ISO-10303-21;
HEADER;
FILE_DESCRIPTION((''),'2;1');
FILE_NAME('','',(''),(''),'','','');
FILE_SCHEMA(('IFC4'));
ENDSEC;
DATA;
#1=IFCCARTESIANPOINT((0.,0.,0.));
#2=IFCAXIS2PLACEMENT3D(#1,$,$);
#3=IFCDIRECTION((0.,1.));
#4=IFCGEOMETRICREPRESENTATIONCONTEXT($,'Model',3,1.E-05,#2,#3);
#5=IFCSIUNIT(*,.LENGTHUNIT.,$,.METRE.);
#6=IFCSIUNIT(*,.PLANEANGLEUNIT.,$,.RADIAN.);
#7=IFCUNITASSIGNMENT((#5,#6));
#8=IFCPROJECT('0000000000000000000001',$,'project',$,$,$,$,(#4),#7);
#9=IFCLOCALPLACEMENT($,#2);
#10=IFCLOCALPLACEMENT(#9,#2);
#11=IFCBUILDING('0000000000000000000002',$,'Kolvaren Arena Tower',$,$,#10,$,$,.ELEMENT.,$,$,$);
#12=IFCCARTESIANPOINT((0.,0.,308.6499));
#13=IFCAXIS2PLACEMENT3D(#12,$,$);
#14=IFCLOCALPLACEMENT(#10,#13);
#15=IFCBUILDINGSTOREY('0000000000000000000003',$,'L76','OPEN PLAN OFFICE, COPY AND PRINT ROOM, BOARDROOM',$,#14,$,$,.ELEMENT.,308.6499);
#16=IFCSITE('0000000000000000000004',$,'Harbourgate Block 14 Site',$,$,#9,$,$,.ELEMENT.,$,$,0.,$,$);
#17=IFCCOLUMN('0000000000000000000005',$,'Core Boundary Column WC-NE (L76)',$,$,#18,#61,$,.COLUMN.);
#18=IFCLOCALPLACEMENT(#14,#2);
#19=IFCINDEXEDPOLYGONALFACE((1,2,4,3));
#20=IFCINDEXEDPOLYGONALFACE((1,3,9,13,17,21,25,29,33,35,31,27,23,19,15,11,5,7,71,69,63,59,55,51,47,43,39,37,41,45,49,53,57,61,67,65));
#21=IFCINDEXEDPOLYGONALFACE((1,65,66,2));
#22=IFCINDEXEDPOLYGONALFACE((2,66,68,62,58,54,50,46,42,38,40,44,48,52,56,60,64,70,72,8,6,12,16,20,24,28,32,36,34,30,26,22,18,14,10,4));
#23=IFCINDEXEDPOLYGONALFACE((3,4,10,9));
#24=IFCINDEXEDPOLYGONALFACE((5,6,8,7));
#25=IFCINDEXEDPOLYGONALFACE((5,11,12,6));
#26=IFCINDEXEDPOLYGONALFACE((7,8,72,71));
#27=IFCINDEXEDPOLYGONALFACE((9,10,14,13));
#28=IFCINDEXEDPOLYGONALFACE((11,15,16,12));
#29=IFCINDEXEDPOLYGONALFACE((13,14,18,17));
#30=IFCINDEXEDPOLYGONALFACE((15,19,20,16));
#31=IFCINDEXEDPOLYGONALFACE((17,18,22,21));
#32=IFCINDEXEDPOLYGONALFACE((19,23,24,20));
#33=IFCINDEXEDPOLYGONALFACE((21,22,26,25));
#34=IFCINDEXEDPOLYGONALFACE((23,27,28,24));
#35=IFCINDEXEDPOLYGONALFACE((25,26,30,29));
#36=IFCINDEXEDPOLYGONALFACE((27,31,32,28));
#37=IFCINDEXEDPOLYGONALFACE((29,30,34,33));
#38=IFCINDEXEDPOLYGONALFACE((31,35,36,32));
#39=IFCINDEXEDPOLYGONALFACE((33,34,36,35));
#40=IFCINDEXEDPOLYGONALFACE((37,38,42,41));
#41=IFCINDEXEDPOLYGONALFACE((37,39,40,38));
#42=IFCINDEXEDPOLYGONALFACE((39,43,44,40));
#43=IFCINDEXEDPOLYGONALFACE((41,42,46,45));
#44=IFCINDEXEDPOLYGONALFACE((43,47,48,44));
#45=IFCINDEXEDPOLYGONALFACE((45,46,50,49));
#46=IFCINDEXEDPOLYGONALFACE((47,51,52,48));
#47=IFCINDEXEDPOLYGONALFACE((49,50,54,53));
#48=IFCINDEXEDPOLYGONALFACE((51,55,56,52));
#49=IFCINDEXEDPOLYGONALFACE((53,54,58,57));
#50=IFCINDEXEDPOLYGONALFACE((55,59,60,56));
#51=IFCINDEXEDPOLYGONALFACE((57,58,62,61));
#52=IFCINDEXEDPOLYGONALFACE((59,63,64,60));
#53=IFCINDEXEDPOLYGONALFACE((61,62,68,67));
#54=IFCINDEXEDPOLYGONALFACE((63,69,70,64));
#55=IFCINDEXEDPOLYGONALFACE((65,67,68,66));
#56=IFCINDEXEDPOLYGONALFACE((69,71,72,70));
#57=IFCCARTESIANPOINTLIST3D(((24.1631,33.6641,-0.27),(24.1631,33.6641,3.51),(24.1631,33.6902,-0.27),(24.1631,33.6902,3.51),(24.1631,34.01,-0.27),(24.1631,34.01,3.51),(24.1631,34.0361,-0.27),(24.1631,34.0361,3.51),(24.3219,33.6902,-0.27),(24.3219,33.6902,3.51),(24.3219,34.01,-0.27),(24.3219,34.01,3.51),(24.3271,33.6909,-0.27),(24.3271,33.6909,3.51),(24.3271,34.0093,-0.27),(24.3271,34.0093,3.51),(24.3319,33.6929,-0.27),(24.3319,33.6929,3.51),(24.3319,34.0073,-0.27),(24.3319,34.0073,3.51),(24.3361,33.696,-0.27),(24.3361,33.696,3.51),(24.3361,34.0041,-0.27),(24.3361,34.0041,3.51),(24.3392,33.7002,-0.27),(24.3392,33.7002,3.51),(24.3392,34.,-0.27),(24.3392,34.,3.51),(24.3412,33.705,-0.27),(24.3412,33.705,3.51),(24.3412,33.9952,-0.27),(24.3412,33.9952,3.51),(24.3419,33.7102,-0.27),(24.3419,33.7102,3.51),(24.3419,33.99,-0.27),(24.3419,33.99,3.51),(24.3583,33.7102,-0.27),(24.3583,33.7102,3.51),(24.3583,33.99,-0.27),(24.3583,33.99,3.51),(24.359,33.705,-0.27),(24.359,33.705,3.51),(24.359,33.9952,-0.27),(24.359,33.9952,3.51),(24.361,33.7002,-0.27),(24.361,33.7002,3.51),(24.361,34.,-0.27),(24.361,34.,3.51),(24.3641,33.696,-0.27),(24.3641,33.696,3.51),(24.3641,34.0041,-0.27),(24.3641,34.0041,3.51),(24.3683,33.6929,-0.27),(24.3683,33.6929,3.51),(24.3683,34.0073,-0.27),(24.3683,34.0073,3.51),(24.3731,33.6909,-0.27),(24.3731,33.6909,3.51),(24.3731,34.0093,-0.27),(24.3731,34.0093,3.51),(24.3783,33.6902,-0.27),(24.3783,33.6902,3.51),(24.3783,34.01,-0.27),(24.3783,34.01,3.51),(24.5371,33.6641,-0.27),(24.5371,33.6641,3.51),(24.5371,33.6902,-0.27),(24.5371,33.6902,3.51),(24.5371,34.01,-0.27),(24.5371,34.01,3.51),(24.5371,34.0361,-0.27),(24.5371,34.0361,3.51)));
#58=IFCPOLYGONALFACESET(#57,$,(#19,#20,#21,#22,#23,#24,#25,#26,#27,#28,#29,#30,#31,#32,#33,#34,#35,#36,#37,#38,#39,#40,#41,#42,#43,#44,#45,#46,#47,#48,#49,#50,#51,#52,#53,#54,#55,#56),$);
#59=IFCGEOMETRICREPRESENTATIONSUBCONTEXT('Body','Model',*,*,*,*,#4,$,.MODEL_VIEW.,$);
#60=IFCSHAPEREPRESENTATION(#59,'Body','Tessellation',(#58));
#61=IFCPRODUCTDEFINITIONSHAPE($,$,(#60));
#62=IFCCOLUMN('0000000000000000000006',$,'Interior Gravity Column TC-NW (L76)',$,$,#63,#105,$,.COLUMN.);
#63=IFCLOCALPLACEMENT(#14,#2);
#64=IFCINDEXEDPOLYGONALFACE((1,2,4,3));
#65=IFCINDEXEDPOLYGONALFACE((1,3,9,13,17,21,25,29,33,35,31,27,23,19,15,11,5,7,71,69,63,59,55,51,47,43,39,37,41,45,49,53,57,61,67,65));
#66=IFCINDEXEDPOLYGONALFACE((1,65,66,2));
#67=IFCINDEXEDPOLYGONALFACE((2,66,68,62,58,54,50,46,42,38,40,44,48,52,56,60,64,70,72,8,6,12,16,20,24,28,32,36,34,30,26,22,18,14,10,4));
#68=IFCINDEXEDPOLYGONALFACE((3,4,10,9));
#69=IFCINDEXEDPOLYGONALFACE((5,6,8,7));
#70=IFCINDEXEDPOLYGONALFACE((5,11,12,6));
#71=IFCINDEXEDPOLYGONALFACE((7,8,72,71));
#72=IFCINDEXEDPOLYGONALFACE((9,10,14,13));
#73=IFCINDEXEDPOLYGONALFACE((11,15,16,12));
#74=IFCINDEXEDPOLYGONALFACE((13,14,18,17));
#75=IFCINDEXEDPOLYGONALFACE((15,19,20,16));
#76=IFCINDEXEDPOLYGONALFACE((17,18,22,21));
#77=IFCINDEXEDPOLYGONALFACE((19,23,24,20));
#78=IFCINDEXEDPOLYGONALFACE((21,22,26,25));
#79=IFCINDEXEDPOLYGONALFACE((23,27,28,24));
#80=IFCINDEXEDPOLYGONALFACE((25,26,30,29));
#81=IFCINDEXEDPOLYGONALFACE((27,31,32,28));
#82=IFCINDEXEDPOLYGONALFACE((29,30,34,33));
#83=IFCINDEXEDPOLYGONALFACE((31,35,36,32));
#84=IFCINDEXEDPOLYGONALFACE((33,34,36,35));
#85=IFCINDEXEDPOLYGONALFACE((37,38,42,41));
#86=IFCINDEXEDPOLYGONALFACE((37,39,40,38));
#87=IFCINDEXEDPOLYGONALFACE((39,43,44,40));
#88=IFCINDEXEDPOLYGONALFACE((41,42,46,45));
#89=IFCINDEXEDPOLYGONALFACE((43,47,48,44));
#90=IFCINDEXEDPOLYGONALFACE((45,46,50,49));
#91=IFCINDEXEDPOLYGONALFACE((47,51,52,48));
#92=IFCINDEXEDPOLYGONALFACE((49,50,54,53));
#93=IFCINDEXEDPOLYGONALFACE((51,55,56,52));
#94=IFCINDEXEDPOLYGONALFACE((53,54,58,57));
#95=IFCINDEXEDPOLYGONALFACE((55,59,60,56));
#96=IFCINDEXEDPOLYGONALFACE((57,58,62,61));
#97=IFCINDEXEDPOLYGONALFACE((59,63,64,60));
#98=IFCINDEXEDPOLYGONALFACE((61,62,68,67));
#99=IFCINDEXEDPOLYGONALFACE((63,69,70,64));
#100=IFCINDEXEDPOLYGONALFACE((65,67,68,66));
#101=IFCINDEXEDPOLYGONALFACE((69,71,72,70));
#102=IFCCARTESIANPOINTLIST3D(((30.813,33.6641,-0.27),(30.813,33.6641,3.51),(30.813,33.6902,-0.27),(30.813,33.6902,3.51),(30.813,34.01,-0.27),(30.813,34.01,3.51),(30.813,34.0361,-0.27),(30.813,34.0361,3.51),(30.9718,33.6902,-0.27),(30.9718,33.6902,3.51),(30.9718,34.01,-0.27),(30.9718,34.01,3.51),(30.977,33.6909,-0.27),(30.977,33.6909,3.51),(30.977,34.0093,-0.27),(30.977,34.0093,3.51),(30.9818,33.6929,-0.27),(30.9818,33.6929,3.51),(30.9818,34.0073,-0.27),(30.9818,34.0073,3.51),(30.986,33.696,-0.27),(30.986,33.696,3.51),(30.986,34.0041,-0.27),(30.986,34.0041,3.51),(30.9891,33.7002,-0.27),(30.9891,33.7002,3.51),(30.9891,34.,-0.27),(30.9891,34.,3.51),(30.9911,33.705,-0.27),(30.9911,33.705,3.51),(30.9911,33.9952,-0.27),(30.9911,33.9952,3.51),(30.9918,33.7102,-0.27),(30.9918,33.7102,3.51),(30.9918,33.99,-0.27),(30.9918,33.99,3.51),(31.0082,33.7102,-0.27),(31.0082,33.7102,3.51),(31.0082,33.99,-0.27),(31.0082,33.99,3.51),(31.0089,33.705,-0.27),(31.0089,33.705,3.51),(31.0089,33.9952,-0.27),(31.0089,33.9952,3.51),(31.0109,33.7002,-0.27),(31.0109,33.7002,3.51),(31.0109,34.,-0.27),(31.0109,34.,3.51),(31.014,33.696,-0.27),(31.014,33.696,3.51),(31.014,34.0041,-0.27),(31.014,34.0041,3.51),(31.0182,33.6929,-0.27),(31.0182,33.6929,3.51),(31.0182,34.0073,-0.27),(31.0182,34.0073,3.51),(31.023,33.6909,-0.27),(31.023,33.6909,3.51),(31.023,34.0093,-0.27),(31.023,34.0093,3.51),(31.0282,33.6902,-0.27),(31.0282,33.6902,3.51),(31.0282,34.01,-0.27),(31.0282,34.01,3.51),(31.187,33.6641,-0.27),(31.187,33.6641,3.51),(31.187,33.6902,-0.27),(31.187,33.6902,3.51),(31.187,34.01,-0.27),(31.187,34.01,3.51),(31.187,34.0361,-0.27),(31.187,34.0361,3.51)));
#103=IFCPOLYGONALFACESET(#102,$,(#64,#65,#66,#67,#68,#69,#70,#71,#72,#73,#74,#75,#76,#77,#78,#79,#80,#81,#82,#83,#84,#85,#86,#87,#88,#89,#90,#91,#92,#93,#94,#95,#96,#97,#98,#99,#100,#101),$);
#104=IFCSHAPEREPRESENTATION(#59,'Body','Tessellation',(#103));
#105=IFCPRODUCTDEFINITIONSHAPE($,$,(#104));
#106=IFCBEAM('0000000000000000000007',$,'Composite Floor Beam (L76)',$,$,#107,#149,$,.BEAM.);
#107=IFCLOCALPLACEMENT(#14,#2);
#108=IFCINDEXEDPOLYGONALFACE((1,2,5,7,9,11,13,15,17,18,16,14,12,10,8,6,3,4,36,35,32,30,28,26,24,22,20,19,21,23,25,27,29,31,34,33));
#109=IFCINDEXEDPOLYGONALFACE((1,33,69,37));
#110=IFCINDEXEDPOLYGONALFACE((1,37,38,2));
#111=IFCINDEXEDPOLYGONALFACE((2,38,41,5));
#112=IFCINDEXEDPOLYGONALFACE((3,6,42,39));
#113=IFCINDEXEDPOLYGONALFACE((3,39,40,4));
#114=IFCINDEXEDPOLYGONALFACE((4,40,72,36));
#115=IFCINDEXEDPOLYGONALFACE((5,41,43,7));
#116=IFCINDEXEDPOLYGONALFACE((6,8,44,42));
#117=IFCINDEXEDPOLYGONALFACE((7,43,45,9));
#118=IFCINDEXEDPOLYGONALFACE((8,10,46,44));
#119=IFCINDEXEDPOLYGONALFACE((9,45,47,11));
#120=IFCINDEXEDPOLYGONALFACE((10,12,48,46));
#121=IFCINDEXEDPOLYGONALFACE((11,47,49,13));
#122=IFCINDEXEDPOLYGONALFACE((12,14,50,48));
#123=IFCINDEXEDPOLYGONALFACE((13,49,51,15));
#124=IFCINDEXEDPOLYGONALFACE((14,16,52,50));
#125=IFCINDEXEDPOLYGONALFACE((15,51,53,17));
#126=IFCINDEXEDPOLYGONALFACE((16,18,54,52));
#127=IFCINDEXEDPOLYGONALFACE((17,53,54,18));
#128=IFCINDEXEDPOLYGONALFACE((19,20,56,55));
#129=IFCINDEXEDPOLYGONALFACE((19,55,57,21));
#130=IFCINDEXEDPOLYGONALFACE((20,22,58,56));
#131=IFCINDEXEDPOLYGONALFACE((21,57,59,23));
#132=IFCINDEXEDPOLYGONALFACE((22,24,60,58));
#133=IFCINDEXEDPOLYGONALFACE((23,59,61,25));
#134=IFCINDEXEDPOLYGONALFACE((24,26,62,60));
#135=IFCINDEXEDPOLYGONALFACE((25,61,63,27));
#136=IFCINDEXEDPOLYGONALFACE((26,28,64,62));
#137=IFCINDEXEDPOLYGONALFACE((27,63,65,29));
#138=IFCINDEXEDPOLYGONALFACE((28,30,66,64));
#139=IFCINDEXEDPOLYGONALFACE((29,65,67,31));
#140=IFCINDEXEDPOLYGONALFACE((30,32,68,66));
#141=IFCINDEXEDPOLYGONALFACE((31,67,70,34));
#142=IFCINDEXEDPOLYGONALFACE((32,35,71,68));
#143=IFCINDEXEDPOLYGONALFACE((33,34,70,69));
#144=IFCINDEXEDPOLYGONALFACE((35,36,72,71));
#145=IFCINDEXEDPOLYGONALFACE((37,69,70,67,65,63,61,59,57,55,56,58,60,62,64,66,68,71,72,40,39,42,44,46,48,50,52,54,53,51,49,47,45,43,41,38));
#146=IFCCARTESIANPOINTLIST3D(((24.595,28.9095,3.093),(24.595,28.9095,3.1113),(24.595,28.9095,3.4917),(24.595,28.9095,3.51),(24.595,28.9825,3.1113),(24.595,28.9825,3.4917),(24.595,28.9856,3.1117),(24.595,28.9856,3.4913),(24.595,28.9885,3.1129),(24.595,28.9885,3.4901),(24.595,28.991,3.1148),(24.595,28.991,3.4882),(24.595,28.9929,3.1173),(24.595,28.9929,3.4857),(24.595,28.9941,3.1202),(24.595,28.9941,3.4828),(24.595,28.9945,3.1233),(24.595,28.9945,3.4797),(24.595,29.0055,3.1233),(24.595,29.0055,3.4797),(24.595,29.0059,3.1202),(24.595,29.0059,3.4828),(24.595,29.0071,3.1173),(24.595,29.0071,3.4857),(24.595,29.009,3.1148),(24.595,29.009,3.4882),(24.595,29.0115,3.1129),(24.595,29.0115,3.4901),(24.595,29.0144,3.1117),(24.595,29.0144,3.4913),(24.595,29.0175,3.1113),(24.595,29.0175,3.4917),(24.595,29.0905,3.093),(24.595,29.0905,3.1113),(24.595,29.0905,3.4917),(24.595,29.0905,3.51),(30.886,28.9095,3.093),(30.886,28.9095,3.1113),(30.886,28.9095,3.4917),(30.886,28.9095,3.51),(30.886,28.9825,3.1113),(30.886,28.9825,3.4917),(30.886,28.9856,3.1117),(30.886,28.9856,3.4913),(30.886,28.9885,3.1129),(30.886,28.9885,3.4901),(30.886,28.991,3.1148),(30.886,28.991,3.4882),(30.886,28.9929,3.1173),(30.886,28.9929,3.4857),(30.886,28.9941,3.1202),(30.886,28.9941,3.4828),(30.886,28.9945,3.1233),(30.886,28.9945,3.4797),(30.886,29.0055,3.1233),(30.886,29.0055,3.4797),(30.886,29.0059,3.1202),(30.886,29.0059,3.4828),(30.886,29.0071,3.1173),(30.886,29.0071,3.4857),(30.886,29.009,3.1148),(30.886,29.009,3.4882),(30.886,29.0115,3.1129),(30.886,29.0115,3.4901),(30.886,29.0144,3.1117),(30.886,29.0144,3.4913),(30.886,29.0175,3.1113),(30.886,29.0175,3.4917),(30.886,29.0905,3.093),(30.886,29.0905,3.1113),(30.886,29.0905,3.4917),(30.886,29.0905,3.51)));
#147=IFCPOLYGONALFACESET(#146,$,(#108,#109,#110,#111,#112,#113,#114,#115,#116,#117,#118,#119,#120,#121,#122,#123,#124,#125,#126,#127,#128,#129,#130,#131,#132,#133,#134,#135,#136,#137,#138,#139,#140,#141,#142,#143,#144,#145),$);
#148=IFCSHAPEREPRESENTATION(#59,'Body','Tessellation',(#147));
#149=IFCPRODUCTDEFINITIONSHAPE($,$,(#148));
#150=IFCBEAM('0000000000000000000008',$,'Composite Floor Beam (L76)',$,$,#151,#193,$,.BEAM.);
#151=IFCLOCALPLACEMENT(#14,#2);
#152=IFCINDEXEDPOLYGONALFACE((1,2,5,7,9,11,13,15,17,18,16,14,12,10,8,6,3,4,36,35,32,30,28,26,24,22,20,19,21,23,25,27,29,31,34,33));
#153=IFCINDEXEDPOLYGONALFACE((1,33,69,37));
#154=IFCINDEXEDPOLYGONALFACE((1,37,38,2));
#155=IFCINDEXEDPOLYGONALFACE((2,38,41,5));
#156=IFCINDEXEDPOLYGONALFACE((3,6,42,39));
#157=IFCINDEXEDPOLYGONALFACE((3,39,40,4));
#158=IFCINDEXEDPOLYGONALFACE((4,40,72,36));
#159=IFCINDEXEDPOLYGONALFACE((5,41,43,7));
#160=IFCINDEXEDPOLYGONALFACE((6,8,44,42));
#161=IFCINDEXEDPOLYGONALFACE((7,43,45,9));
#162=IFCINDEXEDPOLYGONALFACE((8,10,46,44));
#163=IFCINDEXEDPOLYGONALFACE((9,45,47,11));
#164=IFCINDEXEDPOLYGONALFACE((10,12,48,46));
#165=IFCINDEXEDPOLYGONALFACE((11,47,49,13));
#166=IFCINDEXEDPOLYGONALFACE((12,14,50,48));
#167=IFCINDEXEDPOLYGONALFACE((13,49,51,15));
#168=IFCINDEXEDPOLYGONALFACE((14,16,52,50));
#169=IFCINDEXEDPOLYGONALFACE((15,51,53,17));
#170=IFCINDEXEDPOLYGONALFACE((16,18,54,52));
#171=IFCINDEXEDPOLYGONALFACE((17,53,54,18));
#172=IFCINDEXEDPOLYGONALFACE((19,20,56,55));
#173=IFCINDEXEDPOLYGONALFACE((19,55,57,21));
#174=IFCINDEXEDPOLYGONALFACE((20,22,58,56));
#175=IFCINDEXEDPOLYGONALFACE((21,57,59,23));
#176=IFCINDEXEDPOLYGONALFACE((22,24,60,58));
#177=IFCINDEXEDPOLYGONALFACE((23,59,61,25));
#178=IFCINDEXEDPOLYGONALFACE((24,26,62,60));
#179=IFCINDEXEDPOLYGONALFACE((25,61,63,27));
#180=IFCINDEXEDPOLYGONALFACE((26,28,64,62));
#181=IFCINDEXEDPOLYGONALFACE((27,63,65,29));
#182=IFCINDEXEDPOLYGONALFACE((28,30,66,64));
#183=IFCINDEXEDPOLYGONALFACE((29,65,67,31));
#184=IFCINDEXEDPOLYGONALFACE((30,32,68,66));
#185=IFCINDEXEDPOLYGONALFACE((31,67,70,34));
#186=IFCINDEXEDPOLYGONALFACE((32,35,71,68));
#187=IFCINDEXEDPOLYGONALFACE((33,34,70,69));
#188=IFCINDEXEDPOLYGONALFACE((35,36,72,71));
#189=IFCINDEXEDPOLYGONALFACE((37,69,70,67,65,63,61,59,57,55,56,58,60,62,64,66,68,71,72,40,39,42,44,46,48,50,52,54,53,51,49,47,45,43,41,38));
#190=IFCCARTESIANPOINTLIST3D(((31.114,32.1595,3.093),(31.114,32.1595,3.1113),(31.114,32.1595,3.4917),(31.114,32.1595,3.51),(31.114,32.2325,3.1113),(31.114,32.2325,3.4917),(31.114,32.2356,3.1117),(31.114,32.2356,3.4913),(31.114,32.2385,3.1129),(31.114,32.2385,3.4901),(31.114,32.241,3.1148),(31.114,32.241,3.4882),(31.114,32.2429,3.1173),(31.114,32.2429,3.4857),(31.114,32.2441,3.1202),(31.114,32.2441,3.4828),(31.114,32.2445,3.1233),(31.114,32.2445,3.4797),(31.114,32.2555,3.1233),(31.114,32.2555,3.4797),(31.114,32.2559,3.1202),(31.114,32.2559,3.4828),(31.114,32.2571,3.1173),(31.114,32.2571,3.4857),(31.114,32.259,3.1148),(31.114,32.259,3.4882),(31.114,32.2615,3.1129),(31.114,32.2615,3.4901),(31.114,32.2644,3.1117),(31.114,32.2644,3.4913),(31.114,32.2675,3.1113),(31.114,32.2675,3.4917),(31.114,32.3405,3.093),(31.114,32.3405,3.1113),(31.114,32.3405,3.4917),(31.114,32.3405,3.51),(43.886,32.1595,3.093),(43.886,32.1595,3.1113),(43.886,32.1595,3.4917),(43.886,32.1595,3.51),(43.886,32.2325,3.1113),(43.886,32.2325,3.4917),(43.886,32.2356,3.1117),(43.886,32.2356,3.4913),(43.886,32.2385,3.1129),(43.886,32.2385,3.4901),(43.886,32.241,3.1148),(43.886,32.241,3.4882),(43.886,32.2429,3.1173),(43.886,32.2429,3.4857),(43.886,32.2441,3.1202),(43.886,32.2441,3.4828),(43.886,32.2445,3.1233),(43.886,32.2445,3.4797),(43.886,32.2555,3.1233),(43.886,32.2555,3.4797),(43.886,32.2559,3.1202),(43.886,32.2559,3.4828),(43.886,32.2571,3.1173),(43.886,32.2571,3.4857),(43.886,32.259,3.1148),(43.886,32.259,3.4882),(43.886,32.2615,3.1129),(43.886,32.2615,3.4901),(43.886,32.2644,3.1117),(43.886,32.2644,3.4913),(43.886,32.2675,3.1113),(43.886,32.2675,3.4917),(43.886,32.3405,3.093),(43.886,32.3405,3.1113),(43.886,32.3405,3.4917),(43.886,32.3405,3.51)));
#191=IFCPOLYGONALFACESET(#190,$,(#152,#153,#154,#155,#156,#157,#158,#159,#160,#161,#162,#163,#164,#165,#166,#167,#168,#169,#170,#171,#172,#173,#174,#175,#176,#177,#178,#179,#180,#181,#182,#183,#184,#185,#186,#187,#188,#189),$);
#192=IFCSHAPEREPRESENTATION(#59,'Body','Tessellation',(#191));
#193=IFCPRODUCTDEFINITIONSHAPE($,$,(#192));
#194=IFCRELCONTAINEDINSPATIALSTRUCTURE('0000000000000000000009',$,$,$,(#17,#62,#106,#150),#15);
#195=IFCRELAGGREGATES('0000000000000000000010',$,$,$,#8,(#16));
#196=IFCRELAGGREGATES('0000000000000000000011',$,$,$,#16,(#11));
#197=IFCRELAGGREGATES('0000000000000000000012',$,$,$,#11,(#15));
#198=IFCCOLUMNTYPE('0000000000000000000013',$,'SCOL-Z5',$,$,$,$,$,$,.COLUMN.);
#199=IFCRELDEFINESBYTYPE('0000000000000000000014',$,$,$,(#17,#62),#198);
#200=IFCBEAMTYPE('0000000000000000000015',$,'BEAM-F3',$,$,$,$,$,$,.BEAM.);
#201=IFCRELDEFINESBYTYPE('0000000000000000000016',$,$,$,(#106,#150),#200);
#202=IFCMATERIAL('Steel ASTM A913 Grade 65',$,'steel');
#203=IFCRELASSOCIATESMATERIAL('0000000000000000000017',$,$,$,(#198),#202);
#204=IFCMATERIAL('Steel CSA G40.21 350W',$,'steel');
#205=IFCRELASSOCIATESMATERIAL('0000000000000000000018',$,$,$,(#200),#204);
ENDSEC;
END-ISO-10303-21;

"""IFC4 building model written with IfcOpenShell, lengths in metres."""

from ifc_helpers import new_model, si_unit, direction, frame, origin, origin_2d, place, context, subcontext, project, spatial, i_section, extrude, material, material_profile, profile_set, type_object, element, save


model = new_model("IFC4")

# Units and contexts
model_context = context("Model", 3, precision=1e-05, world=origin(), true_north=direction((0.0, 1.0)))
body_context = subcontext(model_context, "Body", "Model", "MODEL_VIEW")
ifc_project = project(units=[si_unit("LENGTHUNIT", "METRE"), si_unit("PLANEANGLEUNIT", "RADIAN")], contexts=[model_context])

# Site, building, storey
site_placement = place(None, origin())
site = spatial("IfcSite", under=ifc_project, at=site_placement, Name="Harbourgate Block 14 Site", CompositionType="ELEMENT", RefElevation=0.0)
building_placement = place(site_placement, origin())
building = spatial("IfcBuilding", under=site, at=building_placement, Name="Kolvaren Arena Tower", CompositionType="ELEMENT")
storey_placement = place(building_placement, frame((0.0, 0.0, 308.6499)))
storey = spatial("IfcBuildingStorey", under=building, at=storey_placement, Name="L76", Description="OPEN PLAN OFFICE, COPY AND PRINT ROOM, BOARDROOM", CompositionType="ELEMENT", Elevation=308.6499)

# Columns
ifc_material_1 = material(Name="Steel ASTM A913 Grade 65", Category="steel")
ifc_material_profile_1 = material_profile(ifc_material_1, i_section(OverallWidth=0.374, OverallDepth=0.3721, WebThickness=0.0164, FlangeThickness=0.0261, FilletRadius=0.02, at=origin_2d()), Name="W360x196")
ifc_profile_set_1 = profile_set([ifc_material_profile_1], Name="Steel ASTM A913 Grade 65")
column_type = type_object("IfcColumnType", Name="SCOL-Z5", PredefinedType="COLUMN", material=ifc_profile_set_1)
for number, where, z_axis, x_axis, name in (
    (1, (24.3501, 33.8501, -0.27), (0.0, 0.0, 1.0), (1.0, 0.0, 0.0), "Core Boundary Column WC-NE (L76)"),
    (2, (31.0, 33.8501, -0.27), (0.0, 0.0, 1.0), (1.0, 0.0, 0.0), "Interior Gravity Column TC-NW (L76)"),
):
    element("IfcColumn", number, at=place(storey_placement, frame(where, z_axis=z_axis, x_axis=x_axis)), inside=storey, type_object=column_type, Name=name, PredefinedType="COLUMN", context=body_context, shape_type="SweptSolid", body=[
        extrude(i_section(OverallWidth=0.374, OverallDepth=0.3721, WebThickness=0.0164, FlangeThickness=0.0261, FilletRadius=0.02, at=origin_2d()), origin(), (0.0, 0.0, 1.0), 3.78),
    ])

# Beams
ifc_material_2 = material(Name="Steel CSA G40.21 350W", Category="steel")
ifc_material_profile_2 = material_profile(ifc_material_2, i_section(OverallWidth=0.1809, OverallDepth=0.417, WebThickness=0.011, FlangeThickness=0.0183, FilletRadius=0.012, at=origin_2d()), Name="W410x85")
ifc_profile_set_2 = profile_set([ifc_material_profile_2], Name="Steel CSA G40.21 350W")
beam_type_1 = type_object("IfcBeamType", Name="BEAM-F3", PredefinedType="BEAM", material=ifc_profile_set_2)
beam_1_placement = place(storey_placement, frame((24.595, 29.0, 3.3015), z_axis=(1.0, 0.0, 0.0), x_axis=(0.0, 1.0, 0.0)))
element("IfcBeam", 3, at=beam_1_placement, inside=storey, type_object=beam_type_1, Name="Composite Floor Beam (L76)", PredefinedType="BEAM", context=body_context, shape_type="SweptSolid", body=[
    extrude(i_section(OverallWidth=0.1809, OverallDepth=0.417, WebThickness=0.011, FlangeThickness=0.0183, FilletRadius=0.012, at=origin_2d()), origin(), (0.0, 0.0, 1.0), 6.291),
])
beam_2_placement = place(storey_placement, frame((31.114, 32.25, 3.3015), z_axis=(1.0, 0.0, 0.0), x_axis=(0.0, 1.0, 0.0)))
element("IfcBeam", 4, at=beam_2_placement, inside=storey, type_object=beam_type_1, Name="Composite Floor Beam (L76)", PredefinedType="BEAM", context=body_context, shape_type="SweptSolid", body=[
    extrude(i_section(OverallWidth=0.1809, OverallDepth=0.417, WebThickness=0.011, FlangeThickness=0.0183, FilletRadius=0.012, at=origin_2d()), origin(), (0.0, 0.0, 1.0), 12.772),
])

save(model, "model.ifc")
